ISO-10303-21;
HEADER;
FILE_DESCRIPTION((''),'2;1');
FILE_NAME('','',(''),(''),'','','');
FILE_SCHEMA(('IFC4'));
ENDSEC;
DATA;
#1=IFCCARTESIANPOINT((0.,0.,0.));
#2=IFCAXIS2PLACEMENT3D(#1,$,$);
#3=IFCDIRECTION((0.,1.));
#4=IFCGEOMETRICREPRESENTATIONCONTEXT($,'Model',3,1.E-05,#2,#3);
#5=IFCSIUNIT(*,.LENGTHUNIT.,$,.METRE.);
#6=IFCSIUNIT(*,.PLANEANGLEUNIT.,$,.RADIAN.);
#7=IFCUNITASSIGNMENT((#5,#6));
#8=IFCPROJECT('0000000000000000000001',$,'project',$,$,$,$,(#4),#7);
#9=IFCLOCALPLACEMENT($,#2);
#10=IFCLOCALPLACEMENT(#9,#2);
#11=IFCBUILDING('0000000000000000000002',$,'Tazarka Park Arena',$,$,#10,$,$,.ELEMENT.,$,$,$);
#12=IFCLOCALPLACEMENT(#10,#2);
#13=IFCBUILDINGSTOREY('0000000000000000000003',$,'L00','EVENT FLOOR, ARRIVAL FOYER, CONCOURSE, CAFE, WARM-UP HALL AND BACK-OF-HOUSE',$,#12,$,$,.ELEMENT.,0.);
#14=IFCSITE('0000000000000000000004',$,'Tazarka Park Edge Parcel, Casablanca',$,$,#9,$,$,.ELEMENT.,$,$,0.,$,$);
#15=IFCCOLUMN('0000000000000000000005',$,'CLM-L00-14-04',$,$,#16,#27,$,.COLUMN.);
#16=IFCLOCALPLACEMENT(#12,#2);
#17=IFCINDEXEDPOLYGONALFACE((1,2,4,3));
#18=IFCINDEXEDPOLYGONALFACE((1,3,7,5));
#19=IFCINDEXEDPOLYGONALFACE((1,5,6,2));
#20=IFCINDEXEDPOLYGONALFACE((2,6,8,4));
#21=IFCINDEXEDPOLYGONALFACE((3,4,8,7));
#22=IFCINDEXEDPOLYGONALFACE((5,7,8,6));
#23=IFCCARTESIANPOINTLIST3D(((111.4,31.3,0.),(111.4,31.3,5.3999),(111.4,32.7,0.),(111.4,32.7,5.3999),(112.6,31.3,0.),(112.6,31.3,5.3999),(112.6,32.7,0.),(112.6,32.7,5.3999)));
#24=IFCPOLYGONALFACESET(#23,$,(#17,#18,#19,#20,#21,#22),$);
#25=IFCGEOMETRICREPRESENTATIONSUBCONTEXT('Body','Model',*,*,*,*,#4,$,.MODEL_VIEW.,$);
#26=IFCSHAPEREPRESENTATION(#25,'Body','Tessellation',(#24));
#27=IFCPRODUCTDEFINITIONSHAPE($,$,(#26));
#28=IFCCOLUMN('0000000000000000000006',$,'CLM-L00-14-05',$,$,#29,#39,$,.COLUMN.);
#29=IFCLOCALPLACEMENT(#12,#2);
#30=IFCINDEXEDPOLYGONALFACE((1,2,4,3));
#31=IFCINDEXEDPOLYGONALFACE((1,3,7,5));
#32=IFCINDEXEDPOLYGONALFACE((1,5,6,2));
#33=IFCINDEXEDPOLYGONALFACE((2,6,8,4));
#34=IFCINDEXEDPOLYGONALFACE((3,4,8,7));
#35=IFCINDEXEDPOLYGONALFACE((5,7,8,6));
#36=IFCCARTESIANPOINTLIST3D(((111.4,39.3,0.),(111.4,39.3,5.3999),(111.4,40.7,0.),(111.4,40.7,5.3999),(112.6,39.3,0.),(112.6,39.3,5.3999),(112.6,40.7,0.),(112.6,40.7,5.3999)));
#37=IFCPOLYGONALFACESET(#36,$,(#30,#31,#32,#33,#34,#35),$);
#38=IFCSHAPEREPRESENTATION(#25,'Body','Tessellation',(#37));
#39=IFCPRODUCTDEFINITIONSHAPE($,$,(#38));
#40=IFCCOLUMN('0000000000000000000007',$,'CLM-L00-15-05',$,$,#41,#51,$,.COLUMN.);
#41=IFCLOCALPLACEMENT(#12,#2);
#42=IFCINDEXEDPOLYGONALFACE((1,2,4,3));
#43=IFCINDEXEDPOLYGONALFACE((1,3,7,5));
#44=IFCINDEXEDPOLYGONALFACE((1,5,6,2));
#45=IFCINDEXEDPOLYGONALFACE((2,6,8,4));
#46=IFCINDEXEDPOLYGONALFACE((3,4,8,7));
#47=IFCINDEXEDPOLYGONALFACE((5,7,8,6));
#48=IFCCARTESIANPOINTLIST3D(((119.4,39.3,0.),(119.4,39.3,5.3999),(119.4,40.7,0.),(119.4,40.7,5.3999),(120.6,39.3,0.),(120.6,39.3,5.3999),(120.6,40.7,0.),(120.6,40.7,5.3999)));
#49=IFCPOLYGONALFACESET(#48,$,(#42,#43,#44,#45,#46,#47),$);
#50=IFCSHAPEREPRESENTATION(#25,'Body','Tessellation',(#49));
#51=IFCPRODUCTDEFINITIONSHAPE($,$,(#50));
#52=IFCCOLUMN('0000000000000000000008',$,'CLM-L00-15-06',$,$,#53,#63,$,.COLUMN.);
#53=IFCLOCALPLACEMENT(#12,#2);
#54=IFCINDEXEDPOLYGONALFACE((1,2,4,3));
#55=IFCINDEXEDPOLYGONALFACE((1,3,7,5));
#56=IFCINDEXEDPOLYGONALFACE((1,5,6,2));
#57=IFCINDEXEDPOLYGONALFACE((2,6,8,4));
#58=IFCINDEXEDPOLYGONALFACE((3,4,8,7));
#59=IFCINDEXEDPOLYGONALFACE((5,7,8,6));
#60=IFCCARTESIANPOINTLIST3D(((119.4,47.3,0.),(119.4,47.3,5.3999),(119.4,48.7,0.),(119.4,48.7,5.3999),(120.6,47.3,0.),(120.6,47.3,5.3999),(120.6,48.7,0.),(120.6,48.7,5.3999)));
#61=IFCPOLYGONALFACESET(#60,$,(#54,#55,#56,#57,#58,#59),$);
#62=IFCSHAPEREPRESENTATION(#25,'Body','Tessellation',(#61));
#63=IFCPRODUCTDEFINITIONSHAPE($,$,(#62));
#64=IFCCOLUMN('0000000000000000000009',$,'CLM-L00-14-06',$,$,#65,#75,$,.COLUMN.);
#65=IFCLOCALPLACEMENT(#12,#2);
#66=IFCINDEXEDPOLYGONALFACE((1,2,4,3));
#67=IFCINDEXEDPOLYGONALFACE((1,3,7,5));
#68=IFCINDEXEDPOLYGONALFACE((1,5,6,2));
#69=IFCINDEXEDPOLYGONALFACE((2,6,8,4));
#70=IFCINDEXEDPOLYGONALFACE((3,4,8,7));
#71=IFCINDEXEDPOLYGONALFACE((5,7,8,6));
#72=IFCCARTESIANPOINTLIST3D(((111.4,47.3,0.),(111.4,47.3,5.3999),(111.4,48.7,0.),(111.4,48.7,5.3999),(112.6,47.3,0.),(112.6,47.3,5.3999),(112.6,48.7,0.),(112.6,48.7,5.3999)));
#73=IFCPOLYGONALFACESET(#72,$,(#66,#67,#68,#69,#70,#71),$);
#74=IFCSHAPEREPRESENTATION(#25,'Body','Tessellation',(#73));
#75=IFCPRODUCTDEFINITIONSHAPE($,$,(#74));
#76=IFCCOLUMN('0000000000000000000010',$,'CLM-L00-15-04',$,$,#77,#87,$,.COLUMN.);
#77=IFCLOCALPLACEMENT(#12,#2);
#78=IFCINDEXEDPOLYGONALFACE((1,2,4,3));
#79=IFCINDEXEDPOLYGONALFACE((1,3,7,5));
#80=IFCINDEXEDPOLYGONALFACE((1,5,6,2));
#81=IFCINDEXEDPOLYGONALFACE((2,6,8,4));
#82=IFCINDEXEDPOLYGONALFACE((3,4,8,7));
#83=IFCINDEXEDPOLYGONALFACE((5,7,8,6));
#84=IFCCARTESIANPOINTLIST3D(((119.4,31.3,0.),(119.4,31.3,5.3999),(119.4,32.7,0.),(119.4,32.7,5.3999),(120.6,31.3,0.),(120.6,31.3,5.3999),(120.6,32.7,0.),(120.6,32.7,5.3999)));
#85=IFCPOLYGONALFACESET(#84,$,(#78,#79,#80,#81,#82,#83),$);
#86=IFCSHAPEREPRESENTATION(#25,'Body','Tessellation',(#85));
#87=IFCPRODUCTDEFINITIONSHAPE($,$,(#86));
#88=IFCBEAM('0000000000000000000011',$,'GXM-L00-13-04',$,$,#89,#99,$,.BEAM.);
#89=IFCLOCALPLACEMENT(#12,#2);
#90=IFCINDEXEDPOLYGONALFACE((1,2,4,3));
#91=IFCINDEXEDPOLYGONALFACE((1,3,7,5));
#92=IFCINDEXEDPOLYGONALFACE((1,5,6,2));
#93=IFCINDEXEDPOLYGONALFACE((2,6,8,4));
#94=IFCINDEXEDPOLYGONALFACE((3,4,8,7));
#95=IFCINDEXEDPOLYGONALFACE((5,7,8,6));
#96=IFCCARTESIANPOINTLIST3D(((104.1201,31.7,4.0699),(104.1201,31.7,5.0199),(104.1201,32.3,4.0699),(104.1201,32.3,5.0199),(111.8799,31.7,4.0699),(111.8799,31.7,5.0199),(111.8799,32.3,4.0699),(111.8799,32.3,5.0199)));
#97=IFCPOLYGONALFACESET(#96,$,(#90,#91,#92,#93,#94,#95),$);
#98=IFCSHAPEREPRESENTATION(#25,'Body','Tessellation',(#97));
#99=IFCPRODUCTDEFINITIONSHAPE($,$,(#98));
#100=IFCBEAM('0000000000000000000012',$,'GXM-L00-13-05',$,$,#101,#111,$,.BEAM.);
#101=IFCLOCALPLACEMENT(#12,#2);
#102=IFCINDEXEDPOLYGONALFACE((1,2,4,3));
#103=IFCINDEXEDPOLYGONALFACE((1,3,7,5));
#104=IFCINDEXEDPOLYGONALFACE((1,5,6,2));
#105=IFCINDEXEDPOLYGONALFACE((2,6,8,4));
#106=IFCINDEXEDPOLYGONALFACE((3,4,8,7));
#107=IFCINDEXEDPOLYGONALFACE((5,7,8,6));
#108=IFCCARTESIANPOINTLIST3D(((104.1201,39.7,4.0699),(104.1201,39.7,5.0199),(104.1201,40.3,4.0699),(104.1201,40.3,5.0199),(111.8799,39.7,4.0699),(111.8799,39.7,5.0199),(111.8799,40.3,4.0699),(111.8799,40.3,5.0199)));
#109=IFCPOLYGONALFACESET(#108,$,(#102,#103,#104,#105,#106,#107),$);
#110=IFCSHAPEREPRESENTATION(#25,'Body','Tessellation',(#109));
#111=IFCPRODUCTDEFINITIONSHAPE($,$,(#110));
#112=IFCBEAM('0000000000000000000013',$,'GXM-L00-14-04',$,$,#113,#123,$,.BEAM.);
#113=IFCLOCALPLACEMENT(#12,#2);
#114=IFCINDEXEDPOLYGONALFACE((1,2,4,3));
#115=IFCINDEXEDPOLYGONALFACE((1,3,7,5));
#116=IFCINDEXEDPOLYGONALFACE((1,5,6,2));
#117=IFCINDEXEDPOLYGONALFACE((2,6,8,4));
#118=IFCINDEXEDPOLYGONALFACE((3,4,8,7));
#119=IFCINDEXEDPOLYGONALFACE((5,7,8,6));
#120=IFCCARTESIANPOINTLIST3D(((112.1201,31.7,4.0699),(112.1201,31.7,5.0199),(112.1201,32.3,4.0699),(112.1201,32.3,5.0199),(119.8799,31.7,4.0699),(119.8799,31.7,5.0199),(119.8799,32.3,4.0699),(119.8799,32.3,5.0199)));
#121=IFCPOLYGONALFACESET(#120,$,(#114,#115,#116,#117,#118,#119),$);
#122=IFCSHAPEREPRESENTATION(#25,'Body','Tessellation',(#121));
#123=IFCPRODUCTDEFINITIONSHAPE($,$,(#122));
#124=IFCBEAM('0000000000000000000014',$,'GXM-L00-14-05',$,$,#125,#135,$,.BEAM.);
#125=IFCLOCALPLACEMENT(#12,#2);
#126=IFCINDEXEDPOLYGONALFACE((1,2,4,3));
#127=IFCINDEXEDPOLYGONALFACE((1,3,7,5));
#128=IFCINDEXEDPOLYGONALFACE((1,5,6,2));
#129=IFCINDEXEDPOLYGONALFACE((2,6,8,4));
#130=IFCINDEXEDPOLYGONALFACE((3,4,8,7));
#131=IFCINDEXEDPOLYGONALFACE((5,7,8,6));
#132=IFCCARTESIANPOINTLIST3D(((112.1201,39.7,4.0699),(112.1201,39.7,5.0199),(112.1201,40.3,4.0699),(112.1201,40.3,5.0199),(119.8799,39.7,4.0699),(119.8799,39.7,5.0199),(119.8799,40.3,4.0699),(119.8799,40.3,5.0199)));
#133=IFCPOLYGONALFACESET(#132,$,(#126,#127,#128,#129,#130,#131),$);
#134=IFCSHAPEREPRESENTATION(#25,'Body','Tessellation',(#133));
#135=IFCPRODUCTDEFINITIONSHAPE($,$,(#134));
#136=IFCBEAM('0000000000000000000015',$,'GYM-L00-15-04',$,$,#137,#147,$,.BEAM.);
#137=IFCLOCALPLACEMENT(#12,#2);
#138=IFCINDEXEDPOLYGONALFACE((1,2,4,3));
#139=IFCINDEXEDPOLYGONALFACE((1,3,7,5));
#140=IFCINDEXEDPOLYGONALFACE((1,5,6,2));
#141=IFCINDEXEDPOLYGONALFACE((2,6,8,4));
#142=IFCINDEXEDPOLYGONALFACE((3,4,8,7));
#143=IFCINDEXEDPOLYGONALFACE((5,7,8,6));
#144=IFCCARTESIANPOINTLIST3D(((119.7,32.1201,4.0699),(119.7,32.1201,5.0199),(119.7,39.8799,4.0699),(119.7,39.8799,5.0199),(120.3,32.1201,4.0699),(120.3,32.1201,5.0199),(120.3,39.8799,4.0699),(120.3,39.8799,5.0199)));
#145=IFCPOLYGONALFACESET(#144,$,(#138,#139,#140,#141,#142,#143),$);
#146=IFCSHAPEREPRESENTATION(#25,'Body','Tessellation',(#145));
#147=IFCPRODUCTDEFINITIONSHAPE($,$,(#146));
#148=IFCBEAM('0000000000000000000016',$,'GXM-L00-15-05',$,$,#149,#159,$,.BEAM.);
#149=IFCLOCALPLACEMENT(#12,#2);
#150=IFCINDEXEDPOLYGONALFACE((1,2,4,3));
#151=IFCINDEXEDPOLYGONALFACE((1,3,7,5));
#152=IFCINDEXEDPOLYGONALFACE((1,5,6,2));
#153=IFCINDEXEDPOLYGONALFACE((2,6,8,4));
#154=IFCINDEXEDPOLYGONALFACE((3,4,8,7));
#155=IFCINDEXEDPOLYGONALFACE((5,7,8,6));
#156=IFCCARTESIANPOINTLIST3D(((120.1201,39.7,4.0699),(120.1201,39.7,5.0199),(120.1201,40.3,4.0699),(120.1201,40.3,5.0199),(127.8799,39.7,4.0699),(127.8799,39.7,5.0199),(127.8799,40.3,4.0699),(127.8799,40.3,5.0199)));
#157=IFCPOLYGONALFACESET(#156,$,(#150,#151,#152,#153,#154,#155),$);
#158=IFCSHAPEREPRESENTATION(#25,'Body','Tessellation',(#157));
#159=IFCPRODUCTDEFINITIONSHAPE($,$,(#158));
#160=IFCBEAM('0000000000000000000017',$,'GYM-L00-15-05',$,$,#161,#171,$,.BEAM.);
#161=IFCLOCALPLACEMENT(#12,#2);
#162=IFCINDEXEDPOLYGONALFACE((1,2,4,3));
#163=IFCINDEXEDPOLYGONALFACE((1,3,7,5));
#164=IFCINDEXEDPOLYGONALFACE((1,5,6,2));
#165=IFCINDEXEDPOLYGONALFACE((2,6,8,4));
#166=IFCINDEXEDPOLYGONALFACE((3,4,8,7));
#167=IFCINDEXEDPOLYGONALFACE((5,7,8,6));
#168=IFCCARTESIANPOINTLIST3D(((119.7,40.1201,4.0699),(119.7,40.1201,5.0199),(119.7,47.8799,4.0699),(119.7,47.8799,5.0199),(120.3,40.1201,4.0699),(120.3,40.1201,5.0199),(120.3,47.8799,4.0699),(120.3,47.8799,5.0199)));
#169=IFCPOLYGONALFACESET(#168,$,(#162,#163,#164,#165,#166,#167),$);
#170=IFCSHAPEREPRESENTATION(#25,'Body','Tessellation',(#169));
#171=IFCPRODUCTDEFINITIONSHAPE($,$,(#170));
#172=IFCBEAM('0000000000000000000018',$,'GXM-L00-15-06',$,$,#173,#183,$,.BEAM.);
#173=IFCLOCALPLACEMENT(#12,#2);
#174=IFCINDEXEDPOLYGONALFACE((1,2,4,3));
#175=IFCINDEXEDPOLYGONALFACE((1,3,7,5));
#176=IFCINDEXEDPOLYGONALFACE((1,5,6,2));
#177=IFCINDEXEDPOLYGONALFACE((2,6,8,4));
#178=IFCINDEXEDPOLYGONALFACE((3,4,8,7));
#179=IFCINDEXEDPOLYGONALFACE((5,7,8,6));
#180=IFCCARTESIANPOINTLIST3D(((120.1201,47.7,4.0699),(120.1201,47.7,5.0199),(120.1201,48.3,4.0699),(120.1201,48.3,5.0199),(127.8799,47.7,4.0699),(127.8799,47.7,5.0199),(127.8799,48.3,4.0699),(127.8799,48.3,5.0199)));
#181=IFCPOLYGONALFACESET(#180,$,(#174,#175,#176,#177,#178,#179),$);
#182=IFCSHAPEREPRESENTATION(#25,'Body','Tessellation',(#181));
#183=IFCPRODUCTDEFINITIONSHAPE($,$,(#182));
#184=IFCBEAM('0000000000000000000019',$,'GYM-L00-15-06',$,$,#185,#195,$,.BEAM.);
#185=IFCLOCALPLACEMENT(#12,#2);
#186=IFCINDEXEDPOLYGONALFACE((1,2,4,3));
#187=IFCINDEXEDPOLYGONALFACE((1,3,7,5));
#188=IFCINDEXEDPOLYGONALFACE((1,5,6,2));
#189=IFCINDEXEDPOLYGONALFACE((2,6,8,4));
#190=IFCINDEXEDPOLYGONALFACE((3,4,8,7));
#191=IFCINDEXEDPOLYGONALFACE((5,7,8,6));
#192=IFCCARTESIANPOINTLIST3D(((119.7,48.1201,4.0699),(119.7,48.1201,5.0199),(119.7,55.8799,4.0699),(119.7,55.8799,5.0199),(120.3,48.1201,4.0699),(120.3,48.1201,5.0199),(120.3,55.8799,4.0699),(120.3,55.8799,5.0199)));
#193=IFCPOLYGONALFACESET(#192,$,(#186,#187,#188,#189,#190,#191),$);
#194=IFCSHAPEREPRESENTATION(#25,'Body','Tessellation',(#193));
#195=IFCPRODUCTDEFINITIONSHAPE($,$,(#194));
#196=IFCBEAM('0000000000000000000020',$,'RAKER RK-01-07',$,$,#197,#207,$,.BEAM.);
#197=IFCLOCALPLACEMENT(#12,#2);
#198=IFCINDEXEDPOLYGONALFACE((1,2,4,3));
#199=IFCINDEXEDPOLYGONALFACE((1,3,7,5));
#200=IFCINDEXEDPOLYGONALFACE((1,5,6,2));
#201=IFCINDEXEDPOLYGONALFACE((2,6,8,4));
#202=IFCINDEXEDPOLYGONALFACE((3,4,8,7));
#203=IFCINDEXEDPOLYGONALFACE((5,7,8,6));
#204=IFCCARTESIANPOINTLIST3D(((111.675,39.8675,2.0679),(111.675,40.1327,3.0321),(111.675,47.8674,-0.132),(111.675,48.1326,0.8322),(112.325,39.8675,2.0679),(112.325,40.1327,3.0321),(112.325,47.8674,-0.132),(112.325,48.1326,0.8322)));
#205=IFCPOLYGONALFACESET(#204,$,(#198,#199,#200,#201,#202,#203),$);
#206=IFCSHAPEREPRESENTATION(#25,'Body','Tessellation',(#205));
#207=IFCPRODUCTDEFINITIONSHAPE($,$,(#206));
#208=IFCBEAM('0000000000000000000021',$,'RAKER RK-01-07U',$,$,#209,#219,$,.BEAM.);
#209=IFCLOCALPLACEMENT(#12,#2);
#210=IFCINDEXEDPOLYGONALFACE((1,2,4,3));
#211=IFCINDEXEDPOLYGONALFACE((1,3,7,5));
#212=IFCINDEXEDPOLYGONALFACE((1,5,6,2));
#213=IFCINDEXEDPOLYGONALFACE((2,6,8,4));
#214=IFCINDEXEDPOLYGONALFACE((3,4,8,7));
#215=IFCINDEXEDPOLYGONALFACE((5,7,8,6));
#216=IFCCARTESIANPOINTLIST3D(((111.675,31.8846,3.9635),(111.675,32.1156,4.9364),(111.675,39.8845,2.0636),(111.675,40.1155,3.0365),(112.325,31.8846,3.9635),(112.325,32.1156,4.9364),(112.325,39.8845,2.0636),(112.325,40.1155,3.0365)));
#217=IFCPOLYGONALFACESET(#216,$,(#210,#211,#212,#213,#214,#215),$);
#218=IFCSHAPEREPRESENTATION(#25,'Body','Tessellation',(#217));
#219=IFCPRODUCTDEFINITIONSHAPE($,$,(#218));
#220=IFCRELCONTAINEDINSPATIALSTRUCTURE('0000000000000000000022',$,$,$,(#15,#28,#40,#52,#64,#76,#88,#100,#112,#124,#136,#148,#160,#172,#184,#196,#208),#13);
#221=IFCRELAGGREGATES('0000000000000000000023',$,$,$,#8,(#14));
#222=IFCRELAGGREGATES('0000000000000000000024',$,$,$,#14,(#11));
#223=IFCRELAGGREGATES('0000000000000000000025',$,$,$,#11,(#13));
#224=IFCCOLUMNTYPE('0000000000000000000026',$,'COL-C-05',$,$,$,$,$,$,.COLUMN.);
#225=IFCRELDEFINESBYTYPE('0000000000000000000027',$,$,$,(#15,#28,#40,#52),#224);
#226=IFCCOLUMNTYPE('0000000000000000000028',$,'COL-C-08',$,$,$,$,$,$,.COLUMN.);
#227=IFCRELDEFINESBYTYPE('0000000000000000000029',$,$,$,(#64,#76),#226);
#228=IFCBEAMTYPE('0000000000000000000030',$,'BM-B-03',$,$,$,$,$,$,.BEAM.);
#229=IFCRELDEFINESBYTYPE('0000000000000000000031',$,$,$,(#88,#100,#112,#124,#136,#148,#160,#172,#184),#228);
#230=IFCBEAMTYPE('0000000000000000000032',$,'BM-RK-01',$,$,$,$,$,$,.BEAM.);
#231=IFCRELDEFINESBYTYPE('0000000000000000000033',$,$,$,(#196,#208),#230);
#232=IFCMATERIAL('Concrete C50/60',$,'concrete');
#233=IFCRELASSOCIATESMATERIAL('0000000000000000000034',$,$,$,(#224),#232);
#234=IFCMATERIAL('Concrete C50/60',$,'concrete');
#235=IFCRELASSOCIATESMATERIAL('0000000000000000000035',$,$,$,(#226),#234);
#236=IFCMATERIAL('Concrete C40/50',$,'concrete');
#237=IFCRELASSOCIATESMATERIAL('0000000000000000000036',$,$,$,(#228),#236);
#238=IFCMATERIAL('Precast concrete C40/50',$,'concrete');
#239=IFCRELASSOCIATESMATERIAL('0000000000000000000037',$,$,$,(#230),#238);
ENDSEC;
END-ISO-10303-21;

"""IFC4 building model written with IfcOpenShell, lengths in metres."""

from ifc_helpers import new_model, si_unit, direction, frame, origin, origin_2d, place, context, subcontext, project, spatial, rectangle, extrude, material, material_profile, profile_set, type_object, element, save


model = new_model("IFC4")

# Units and contexts
model_context = context("Model", 3, precision=1e-05, world=origin(), true_north=direction((0.0, 1.0)))
body_context = subcontext(model_context, "Body", "Model", "MODEL_VIEW")
ifc_project = project(units=[si_unit("LENGTHUNIT", "METRE"), si_unit("PLANEANGLEUNIT", "RADIAN")], contexts=[model_context])

# Site, building, storey
site_placement = place(None, origin())
site = spatial("IfcSite", under=ifc_project, at=site_placement, Name="Tazarka Park Edge Parcel, Casablanca", CompositionType="ELEMENT", RefElevation=0.0)
building_placement = place(site_placement, origin())
building = spatial("IfcBuilding", under=site, at=building_placement, Name="Tazarka Park Arena", CompositionType="ELEMENT")
storey_placement = place(building_placement, origin())
storey = spatial("IfcBuildingStorey", under=building, at=storey_placement, Name="L00", Description="EVENT FLOOR, ARRIVAL FOYER, CONCOURSE, CAFE, WARM-UP HALL AND BACK-OF-HOUSE", CompositionType="ELEMENT", Elevation=0.0)

# Columns
ifc_material_1 = material(Name="Concrete C50/60", Category="concrete")
ifc_material_profile_1 = material_profile(ifc_material_1, rectangle(XDim=1.2, YDim=1.3999, at=origin_2d()), Name="Concrete C50/60")
ifc_profile_set_1 = profile_set([ifc_material_profile_1], Name="Concrete C50/60")
column_type_1 = type_object("IfcColumnType", Name="COL-C-05", PredefinedType="COLUMN", material=ifc_profile_set_1)
for number, where, z_axis, x_axis, name in (
    (1, (112.0, 32.0, 0.0), (0.0, 0.0, 1.0), (1.0, 0.0, 0.0), "CLM-L00-14-04"),
    (2, (112.0, 40.0, 0.0), (0.0, 0.0, 1.0), (1.0, 0.0, 0.0), "CLM-L00-14-05"),
    (3, (120.0, 40.0, 0.0), (0.0, 0.0, 1.0), (1.0, 0.0, 0.0), "CLM-L00-15-05"),
    (4, (120.0, 48.0, 0.0), (0.0, 0.0, 1.0), (1.0, 0.0, 0.0), "CLM-L00-15-06"),
):
    element("IfcColumn", number, at=place(storey_placement, frame(where, z_axis=z_axis, x_axis=x_axis)), inside=storey, type_object=column_type_1, Name=name, PredefinedType="COLUMN", context=body_context, shape_type="SweptSolid", body=[
        extrude(rectangle(XDim=1.2, YDim=1.3999, at=origin_2d()), origin(), (0.0, 0.0, 1.0), 5.3999),
    ])
ifc_material_2 = material(Name="Concrete C50/60", Category="concrete")
ifc_material_profile_2 = material_profile(ifc_material_2, rectangle(XDim=1.2, YDim=1.3999, at=origin_2d()), Name="Concrete C50/60")
ifc_profile_set_2 = profile_set([ifc_material_profile_2], Name="Concrete C50/60")
column_type_2 = type_object("IfcColumnType", Name="COL-C-08", PredefinedType="COLUMN", material=ifc_profile_set_2)
for number, where, z_axis, x_axis, name in (
    (5, (112.0, 48.0, 0.0), (0.0, 0.0, 1.0), (1.0, 0.0, 0.0), "CLM-L00-14-06"),
    (6, (120.0, 32.0, 0.0), (0.0, 0.0, 1.0), (1.0, 0.0, 0.0), "CLM-L00-15-04"),
):
    element("IfcColumn", number, at=place(storey_placement, frame(where, z_axis=z_axis, x_axis=x_axis)), inside=storey, type_object=column_type_2, Name=name, PredefinedType="COLUMN", context=body_context, shape_type="SweptSolid", body=[
        extrude(rectangle(XDim=1.2, YDim=1.3999, at=origin_2d()), origin(), (0.0, 0.0, 1.0), 5.3999),
    ])

# Beams
ifc_material_3 = material(Name="Concrete C40/50", Category="concrete")
ifc_material_profile_3 = material_profile(ifc_material_3, rectangle(XDim=0.6001, YDim=0.95, at=origin_2d()), Name="Concrete C40/50")
ifc_profile_set_3 = profile_set([ifc_material_profile_3], Name="Concrete C40/50")
beam_type_1 = type_object("IfcBeamType", Name="BM-B-03", PredefinedType="BEAM", material=ifc_profile_set_3)
for number, where, z_axis, x_axis, name in (
    (7, (104.1201, 32.0, 4.5449), (1.0, 0.0, 0.0), (0.0, 1.0, 0.0), "GXM-L00-13-04"),
    (8, (104.1201, 40.0, 4.5449), (1.0, 0.0, 0.0), (0.0, 1.0, 0.0), "GXM-L00-13-05"),
    (9, (112.1201, 32.0, 4.5449), (1.0, 0.0, 0.0), (0.0, 1.0, 0.0), "GXM-L00-14-04"),
    (10, (112.1201, 40.0, 4.5449), (1.0, 0.0, 0.0), (0.0, 1.0, 0.0), "GXM-L00-14-05"),
    (11, (120.0, 32.1201, 4.5449), (0.0, 1.0, 0.0), (-1.0, 0.0, 0.0), "GYM-L00-15-04"),
    (12, (120.1201, 40.0, 4.5449), (1.0, 0.0, 0.0), (0.0, 1.0, 0.0), "GXM-L00-15-05"),
    (13, (120.0, 40.1201, 4.5449), (0.0, 1.0, 0.0), (-1.0, 0.0, 0.0), "GYM-L00-15-05"),
    (14, (120.1201, 48.0, 4.5449), (1.0, 0.0, 0.0), (0.0, 1.0, 0.0), "GXM-L00-15-06"),
    (15, (120.0, 48.1201, 4.5449), (0.0, 1.0, 0.0), (-1.0, 0.0, 0.0), "GYM-L00-15-06"),
):
    element("IfcBeam", number, at=place(storey_placement, frame(where, z_axis=z_axis, x_axis=x_axis)), inside=storey, type_object=beam_type_1, Name=name, PredefinedType="BEAM", context=body_context, shape_type="SweptSolid", body=[
        extrude(rectangle(XDim=0.6001, YDim=0.95, at=origin_2d()), origin(), (0.0, 0.0, 1.0), 7.7598),
    ])
ifc_material_4 = material(Name="Precast concrete C40/50", Category="concrete")
ifc_material_profile_4 = material_profile(ifc_material_4, rectangle(XDim=0.6499, YDim=1.0, at=origin_2d()), Name="Precast concrete C40/50")
ifc_profile_set_4 = profile_set([ifc_material_profile_4], Name="Precast concrete C40/50")
beam_type_2 = type_object("IfcBeamType", Name="BM-RK-01", PredefinedType="BEAM", material=ifc_profile_set_4)
beam_1_placement = place(storey_placement, frame((112.0, 48.0, 0.3501), z_axis=(0.0, -0.964207, 0.265151), x_axis=(1.0, 0.0, 0.0)))
element("IfcBeam", 16, at=beam_1_placement, inside=storey, type_object=beam_type_2, Name="RAKER RK-01-07", PredefinedType="BEAM", context=body_context, shape_type="SweptSolid", body=[
    extrude(rectangle(XDim=0.6499, YDim=1.0, at=origin_2d()), origin(), (0.0, 0.0, 1.0), 8.2969),
])
beam_2_placement = place(storey_placement, frame((112.0, 40.0, 2.55), z_axis=(0.0, -0.972939, 0.231061), x_axis=(1.0, 0.0, 0.0)))
element("IfcBeam", 17, at=beam_2_placement, inside=storey, type_object=beam_type_2, Name="RAKER RK-01-07U", PredefinedType="BEAM", context=body_context, shape_type="SweptSolid", body=[
    extrude(rectangle(XDim=0.6499, YDim=1.0, at=origin_2d()), origin(), (0.0, 0.0, 1.0), 8.2224),
])

save(model, "model.ifc")
